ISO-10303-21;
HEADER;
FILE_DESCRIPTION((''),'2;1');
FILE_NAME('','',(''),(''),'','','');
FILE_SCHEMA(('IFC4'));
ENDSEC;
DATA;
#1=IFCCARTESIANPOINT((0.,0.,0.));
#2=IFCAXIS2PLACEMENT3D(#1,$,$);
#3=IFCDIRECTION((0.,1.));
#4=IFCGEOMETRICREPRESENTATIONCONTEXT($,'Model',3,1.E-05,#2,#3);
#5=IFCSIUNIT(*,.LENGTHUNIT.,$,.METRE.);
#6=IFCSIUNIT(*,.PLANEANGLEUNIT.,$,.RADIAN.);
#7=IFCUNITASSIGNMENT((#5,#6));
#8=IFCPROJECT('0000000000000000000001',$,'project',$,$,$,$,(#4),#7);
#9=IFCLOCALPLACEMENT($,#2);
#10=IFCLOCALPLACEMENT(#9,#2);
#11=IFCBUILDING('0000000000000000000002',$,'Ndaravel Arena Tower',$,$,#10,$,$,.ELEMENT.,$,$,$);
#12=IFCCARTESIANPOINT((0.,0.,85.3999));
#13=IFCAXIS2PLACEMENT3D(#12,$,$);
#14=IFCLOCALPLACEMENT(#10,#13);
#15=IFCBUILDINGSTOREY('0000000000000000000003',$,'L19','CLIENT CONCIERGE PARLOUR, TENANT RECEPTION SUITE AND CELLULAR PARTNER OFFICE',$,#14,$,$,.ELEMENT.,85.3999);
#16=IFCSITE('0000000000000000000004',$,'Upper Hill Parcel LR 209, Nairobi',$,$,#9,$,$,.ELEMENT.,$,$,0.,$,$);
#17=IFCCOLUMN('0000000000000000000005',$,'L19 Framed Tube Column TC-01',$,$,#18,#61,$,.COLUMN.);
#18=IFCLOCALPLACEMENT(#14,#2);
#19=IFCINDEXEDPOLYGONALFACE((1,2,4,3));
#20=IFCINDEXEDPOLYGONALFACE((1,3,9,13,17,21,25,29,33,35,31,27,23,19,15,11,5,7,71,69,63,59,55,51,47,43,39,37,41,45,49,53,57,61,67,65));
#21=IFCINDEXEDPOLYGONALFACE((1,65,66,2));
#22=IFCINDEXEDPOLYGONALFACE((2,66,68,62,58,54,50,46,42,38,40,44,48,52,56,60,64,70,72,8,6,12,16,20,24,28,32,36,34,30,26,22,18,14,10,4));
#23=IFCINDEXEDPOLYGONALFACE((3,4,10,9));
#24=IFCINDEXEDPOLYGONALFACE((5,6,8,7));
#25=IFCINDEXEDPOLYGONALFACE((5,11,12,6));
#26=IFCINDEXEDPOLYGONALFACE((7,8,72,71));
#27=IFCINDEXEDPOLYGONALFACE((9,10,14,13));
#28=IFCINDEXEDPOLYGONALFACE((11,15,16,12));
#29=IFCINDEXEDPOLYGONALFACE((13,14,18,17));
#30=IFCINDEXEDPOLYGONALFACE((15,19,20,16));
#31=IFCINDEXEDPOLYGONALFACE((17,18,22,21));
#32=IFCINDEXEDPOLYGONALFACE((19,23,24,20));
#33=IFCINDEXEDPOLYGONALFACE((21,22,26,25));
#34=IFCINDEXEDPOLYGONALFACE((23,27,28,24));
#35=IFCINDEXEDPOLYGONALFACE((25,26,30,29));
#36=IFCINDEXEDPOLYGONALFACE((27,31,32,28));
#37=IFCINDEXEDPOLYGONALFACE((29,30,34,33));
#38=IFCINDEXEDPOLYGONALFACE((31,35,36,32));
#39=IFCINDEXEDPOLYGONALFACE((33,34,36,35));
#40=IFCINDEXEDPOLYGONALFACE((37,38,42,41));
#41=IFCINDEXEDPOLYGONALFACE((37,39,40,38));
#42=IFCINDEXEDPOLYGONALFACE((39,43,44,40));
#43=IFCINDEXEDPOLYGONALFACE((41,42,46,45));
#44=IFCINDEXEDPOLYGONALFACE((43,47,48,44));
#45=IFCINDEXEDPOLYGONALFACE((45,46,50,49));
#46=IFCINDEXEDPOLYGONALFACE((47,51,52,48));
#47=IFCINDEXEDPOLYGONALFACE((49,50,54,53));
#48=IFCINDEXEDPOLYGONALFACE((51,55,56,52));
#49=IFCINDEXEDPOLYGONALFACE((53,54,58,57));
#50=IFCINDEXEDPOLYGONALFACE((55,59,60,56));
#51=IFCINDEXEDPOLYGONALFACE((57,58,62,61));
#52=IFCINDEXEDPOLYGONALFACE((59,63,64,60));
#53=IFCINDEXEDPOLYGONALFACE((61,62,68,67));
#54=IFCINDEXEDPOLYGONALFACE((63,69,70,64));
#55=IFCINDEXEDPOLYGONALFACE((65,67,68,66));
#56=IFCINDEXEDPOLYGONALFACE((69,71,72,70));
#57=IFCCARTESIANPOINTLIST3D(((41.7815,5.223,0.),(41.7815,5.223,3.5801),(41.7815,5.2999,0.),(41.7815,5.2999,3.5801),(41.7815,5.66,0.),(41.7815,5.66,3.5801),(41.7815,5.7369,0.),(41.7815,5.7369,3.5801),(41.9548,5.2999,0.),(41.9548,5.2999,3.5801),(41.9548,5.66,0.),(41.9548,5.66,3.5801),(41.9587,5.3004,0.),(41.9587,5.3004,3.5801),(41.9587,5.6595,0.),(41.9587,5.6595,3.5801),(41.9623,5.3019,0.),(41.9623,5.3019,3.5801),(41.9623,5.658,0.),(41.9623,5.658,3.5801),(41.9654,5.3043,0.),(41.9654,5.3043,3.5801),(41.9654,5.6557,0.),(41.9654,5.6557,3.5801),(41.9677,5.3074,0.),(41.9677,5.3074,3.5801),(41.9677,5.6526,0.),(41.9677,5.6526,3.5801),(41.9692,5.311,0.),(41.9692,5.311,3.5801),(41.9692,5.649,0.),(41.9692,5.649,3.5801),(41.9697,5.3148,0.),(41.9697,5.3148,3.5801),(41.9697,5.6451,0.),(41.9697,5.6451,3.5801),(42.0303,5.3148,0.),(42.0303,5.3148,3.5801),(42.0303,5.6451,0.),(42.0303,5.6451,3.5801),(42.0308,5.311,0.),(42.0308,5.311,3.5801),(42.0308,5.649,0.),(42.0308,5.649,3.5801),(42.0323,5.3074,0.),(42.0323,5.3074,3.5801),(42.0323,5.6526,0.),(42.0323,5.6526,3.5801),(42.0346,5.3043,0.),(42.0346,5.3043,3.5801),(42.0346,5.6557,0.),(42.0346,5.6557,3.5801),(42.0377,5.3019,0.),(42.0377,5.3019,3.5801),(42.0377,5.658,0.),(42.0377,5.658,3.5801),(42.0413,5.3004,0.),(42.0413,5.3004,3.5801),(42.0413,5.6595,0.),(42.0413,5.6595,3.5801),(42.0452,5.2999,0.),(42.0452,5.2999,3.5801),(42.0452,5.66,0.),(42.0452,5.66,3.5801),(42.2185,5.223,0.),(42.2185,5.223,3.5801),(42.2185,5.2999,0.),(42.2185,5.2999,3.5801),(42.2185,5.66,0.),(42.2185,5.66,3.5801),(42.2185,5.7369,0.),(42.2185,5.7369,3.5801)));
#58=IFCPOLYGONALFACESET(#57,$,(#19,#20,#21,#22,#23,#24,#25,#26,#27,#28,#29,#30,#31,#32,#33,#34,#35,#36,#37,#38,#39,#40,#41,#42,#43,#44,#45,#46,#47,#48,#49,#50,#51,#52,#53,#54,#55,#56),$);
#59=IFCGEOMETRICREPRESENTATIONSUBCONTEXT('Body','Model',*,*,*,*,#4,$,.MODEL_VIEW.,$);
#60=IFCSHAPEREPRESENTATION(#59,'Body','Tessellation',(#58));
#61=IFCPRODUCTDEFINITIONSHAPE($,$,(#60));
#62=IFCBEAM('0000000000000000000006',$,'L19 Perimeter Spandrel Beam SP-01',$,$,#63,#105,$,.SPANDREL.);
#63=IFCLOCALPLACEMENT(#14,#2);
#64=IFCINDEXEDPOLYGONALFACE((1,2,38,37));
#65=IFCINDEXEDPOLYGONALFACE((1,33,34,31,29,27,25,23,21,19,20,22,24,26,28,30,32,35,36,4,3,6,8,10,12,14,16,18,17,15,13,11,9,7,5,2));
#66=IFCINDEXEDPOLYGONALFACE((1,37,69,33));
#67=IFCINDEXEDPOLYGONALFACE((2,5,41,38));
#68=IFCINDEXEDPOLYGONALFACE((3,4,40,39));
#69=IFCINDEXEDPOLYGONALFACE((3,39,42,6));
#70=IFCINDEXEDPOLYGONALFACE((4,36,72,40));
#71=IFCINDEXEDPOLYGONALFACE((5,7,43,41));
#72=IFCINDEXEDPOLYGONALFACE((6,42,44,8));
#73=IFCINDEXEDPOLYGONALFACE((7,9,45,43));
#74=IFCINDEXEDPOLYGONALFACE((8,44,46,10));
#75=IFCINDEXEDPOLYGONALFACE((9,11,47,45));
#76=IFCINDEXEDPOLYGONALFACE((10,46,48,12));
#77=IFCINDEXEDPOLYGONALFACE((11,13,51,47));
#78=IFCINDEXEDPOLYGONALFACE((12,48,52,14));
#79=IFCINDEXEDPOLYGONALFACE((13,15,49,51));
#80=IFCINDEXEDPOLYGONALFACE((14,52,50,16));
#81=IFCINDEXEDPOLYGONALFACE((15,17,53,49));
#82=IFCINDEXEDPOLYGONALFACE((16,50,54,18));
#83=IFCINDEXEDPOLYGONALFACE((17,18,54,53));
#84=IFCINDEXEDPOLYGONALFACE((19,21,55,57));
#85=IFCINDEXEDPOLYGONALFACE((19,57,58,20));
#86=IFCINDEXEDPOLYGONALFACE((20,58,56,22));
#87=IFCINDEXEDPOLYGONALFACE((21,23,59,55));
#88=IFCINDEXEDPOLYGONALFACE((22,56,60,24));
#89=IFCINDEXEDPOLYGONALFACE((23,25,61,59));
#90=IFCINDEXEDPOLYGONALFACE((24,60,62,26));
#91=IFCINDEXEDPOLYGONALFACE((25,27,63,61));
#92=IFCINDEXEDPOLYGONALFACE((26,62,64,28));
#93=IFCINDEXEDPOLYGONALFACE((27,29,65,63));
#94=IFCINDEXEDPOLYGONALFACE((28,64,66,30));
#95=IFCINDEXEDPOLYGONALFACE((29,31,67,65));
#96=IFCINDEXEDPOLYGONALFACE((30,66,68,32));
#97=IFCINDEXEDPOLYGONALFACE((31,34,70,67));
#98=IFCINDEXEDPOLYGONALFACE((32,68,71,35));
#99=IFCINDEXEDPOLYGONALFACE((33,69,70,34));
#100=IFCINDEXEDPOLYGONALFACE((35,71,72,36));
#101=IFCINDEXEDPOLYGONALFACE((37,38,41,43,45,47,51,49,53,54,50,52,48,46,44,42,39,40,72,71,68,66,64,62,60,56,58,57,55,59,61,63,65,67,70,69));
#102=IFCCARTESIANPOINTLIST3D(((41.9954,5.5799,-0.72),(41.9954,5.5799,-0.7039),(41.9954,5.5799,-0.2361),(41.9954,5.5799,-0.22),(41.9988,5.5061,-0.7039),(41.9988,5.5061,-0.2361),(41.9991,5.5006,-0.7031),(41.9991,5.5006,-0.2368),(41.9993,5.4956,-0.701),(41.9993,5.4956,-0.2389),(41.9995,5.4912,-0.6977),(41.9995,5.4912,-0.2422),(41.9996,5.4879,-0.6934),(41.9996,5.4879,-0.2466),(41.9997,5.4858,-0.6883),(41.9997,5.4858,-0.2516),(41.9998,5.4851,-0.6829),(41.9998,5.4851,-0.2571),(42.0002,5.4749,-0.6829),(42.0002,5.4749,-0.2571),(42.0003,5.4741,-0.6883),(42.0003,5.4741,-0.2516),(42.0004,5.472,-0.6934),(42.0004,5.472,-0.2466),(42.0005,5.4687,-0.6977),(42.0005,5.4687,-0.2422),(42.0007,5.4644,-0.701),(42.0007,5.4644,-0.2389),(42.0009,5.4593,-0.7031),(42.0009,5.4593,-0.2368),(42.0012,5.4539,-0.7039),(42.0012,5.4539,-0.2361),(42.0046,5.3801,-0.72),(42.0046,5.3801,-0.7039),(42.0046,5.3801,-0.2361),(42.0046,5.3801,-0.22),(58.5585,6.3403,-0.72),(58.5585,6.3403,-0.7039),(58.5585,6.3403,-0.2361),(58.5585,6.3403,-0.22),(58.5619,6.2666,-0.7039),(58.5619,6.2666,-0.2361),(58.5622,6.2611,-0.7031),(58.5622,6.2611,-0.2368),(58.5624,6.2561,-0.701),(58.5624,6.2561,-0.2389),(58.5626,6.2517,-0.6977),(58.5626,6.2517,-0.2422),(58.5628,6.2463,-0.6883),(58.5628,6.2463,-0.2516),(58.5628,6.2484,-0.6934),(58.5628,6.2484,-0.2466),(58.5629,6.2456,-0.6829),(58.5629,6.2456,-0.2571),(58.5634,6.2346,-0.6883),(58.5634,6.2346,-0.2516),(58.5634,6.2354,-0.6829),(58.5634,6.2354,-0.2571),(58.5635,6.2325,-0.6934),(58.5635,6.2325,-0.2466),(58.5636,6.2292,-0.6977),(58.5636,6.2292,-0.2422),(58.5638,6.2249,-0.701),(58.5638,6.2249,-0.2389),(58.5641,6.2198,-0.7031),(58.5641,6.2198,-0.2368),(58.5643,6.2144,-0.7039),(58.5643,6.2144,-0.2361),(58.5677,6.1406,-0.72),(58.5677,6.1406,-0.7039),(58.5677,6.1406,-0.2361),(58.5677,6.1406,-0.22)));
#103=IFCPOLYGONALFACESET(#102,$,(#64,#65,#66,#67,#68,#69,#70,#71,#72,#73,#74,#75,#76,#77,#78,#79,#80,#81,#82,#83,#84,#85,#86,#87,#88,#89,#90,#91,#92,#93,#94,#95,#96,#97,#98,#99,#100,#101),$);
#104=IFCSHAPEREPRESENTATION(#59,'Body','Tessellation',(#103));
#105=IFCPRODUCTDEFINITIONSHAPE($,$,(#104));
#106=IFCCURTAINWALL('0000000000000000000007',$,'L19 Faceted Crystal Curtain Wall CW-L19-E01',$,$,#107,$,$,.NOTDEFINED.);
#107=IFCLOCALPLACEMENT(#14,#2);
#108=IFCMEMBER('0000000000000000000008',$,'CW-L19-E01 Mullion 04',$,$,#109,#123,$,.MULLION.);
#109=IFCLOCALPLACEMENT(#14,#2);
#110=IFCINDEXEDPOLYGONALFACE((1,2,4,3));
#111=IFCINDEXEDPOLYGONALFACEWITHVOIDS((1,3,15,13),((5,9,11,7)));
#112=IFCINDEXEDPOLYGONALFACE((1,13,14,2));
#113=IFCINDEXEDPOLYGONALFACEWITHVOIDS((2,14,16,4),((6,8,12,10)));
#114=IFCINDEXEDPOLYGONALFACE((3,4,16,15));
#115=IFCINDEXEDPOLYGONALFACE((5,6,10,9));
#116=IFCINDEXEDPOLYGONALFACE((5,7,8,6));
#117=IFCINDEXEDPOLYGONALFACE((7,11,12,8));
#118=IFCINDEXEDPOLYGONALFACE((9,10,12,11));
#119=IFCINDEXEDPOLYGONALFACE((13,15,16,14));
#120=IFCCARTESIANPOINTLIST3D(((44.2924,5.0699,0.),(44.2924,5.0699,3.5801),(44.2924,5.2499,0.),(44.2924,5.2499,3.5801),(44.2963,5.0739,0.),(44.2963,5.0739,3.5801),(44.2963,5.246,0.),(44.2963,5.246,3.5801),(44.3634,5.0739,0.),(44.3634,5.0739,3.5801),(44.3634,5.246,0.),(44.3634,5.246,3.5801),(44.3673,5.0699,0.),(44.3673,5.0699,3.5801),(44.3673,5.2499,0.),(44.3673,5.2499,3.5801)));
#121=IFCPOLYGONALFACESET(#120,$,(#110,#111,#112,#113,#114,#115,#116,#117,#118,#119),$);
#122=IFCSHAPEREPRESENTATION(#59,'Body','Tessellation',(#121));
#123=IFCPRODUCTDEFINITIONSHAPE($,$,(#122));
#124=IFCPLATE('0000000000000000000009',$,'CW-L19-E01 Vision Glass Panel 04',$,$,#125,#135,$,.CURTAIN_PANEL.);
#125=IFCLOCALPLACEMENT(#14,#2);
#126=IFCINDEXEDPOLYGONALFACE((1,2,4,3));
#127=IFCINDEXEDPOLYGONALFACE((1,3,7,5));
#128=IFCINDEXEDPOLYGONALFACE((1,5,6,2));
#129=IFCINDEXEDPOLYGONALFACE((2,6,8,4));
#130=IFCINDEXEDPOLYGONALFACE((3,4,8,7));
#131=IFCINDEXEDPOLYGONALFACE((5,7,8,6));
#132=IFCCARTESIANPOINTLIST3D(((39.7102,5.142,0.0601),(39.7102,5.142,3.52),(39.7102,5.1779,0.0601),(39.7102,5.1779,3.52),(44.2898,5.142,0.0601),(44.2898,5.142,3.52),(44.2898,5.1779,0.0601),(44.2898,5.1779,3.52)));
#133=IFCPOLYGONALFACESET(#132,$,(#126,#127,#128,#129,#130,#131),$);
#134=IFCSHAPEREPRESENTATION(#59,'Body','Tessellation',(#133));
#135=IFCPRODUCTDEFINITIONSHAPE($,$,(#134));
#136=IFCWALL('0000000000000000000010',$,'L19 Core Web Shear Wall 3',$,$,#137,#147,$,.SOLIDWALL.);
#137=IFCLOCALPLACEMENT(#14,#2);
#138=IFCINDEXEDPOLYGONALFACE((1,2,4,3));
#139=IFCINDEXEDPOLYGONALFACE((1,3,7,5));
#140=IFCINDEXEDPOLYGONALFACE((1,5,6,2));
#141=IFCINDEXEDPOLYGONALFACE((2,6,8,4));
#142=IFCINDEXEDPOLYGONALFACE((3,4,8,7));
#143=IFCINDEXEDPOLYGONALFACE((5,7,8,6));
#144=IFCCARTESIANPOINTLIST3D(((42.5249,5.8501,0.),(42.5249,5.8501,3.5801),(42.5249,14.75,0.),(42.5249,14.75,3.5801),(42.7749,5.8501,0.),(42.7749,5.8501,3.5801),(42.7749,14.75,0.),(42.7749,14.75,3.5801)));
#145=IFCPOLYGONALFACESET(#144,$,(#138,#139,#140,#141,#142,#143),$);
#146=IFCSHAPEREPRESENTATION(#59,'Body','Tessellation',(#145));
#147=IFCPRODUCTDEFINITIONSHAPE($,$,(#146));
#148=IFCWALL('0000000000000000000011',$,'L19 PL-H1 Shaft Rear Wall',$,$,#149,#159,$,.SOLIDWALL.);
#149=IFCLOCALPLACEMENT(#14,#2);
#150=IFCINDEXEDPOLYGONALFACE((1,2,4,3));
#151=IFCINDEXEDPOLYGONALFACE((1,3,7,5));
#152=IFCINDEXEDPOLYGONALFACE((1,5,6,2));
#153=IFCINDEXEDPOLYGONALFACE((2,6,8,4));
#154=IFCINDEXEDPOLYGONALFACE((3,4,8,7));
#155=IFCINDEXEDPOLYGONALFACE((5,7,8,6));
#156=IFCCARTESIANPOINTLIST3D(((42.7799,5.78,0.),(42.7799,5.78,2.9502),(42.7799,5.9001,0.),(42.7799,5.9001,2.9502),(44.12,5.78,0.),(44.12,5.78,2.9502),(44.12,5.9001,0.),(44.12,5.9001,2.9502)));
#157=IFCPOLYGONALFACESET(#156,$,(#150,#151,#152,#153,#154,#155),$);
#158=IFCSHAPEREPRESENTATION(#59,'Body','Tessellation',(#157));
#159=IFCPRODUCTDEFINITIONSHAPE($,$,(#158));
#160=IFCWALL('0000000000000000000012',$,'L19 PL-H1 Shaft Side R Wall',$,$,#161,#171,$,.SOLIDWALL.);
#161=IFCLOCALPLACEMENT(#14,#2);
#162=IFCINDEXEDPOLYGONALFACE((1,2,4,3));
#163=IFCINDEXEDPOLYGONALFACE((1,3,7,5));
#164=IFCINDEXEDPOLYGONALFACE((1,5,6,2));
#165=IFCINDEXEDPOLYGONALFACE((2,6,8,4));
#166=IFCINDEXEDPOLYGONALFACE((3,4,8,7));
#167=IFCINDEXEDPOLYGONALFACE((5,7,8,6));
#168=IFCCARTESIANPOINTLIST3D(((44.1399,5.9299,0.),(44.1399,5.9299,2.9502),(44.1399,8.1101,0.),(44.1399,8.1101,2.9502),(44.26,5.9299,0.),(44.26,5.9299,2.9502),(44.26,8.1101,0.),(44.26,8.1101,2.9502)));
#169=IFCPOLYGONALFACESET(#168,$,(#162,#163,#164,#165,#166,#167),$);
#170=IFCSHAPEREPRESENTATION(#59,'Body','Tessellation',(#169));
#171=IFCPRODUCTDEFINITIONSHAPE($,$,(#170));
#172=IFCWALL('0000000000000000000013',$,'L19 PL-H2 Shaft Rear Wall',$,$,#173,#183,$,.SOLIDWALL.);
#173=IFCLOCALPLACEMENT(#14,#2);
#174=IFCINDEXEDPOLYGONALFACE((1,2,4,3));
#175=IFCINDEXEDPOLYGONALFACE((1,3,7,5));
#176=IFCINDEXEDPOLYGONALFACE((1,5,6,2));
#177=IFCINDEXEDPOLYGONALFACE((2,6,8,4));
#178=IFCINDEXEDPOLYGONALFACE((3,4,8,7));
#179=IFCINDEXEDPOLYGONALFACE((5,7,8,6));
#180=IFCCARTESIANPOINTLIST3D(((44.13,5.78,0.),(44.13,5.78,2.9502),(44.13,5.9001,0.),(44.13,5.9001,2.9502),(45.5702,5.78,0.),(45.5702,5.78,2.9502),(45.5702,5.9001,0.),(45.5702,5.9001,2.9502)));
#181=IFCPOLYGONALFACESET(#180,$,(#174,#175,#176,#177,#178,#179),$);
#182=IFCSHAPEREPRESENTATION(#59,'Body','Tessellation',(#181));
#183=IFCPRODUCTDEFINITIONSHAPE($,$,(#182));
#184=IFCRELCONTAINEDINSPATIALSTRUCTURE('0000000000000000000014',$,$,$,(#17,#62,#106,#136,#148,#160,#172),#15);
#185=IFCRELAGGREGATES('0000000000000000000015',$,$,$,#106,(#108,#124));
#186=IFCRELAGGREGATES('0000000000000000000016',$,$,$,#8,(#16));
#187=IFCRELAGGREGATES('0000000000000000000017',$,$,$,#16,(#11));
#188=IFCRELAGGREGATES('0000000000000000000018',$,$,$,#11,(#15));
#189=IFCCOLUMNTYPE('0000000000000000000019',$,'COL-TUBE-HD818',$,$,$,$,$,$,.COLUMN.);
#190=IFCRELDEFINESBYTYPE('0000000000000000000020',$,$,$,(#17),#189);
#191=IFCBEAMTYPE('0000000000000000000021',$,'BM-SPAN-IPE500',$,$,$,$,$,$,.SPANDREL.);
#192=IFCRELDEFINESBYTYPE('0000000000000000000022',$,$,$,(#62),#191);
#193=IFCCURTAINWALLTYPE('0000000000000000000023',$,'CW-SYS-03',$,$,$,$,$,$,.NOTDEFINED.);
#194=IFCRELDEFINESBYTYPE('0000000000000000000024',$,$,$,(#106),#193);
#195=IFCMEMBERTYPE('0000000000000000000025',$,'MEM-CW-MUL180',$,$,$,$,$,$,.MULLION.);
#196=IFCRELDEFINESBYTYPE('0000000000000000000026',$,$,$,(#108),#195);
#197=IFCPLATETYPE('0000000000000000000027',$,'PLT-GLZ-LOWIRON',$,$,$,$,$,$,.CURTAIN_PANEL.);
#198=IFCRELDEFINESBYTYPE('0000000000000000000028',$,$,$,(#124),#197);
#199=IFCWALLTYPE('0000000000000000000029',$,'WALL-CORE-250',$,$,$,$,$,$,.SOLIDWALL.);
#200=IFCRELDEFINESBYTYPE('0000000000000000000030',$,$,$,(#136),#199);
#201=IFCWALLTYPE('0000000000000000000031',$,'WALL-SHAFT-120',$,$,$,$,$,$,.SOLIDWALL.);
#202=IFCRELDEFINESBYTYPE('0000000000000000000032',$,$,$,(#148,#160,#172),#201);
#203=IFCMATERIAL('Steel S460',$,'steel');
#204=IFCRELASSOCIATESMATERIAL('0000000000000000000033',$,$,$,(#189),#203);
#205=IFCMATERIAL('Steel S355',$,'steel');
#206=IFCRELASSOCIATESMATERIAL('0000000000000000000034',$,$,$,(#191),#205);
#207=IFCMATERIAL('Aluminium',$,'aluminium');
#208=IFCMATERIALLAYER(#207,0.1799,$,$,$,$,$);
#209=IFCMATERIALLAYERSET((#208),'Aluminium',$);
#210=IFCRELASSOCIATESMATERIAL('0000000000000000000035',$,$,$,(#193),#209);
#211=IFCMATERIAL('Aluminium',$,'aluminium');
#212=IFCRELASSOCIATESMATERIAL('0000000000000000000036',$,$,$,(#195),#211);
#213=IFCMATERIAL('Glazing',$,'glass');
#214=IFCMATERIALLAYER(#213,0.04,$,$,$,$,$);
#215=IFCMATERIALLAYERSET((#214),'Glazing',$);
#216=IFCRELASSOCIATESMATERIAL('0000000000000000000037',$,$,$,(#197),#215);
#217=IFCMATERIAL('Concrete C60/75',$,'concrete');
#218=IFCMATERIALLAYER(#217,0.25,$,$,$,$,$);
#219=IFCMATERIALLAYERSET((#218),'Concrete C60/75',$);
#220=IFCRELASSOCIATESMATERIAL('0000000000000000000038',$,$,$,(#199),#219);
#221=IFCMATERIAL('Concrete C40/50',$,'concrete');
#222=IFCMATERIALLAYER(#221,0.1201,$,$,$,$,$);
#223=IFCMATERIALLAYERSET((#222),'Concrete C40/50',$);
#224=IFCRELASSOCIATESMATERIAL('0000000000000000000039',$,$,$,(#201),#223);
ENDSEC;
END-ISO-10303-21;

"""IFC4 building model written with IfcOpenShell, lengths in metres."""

from ifc_helpers import new_model, si_unit, direction, frame, frame_2d, origin, origin_2d, place, context, subcontext, project, spatial, rectangle, hollow_rectangle, i_section, extrude, material, layer, layer_set, material_profile, profile_set, type_object, element, aggregate, save


model = new_model("IFC4")

# Units and contexts
model_context = context("Model", 3, precision=1e-05, world=origin(), true_north=direction((0.0, 1.0)))
body_context = subcontext(model_context, "Body", "Model", "MODEL_VIEW")
ifc_project = project(units=[si_unit("LENGTHUNIT", "METRE"), si_unit("PLANEANGLEUNIT", "RADIAN")], contexts=[model_context])

# Site, building, storey
site_placement = place(None, origin())
site = spatial("IfcSite", under=ifc_project, at=site_placement, Name="Upper Hill Parcel LR 209, Nairobi", CompositionType="ELEMENT", RefElevation=0.0)
building_placement = place(site_placement, origin())
building = spatial("IfcBuilding", under=site, at=building_placement, Name="Ndaravel Arena Tower", CompositionType="ELEMENT")
storey_placement = place(building_placement, frame((0.0, 0.0, 85.3999)))
storey = spatial("IfcBuildingStorey", under=building, at=storey_placement, Name="L19", Description="CLIENT CONCIERGE PARLOUR, TENANT RECEPTION SUITE AND CELLULAR PARTNER OFFICE", CompositionType="ELEMENT", Elevation=85.3999)

# Column
ifc_material_1 = material(Name="Steel S460", Category="steel")
ifc_material_profile_1 = material_profile(ifc_material_1, i_section(OverallWidth=0.437, OverallDepth=0.5139, WebThickness=0.0605, FlangeThickness=0.0769, FilletRadius=0.0149, at=origin_2d()), Name="HD 400x818")
ifc_profile_set_1 = profile_set([ifc_material_profile_1], Name="Steel S460")
column_type = type_object("IfcColumnType", Name="COL-TUBE-HD818", PredefinedType="COLUMN", material=ifc_profile_set_1)
column_placement = place(storey_placement, frame((42.0, 5.48, 0.0), z_axis=(0.0, 0.0, 1.0), x_axis=(1.0, 0.0, 0.0)))
element("IfcColumn", 1, at=column_placement, inside=storey, type_object=column_type, Name="L19 Framed Tube Column TC-01", PredefinedType="COLUMN", context=body_context, shape_type="SweptSolid", body=[
    extrude(i_section(OverallWidth=0.437, OverallDepth=0.5139, WebThickness=0.0605, FlangeThickness=0.0769, FilletRadius=0.0149, at=origin_2d()), origin(), (0.0, 0.0, 1.0), 3.5801),
])

# Beam
ifc_material_2 = material(Name="Steel S355", Category="steel")
ifc_material_profile_2 = material_profile(ifc_material_2, i_section(OverallWidth=0.2, OverallDepth=0.5, WebThickness=0.0103, FlangeThickness=0.0161, FilletRadius=0.021, at=origin_2d()), Name="IPE 500")
ifc_profile_set_2 = profile_set([ifc_material_profile_2], Name="Steel S355")
beam_type = type_object("IfcBeamType", Name="BM-SPAN-IPE500", PredefinedType="SPANDREL", material=ifc_profile_set_2)
beam_placement = place(storey_placement, frame((42.0, 5.48, -0.47), z_axis=(0.998948, 0.045867, 0.0), x_axis=(-0.045867, 0.998948, 0.0)))
element("IfcBeam", 2, at=beam_placement, inside=storey, type_object=beam_type, Name="L19 Perimeter Spandrel Beam SP-01", PredefinedType="SPANDREL", context=body_context, shape_type="SweptSolid", body=[
    extrude(i_section(OverallWidth=0.2, OverallDepth=0.5, WebThickness=0.0103, FlangeThickness=0.0161, FilletRadius=0.021, at=origin_2d()), origin(), (0.0, 0.0, 1.0), 16.5806),
])

# Curtain wall, member, plate
ifc_material_3 = material(Name="Aluminium", Category="aluminium")
ifc_layer_1 = layer(ifc_material_3, 0.1799)
ifc_layer_set_1 = layer_set([ifc_layer_1], Name="Aluminium")
curtain_wall_type = type_object("IfcCurtainWallType", Name="CW-SYS-03", PredefinedType="NOTDEFINED", material=ifc_layer_set_1)
curtain_wall_placement = place(storey_placement, origin())
curtain_wall = element("IfcCurtainWall", 3, at=curtain_wall_placement, inside=storey, type_object=curtain_wall_type, Name="L19 Faceted Crystal Curtain Wall CW-L19-E01", PredefinedType="NOTDEFINED")
ifc_material_4 = material(Name="Aluminium", Category="aluminium")
ifc_material_profile_3 = material_profile(ifc_material_4, hollow_rectangle(XDim=0.075, YDim=0.1799, WallThickness=0.0039, at=origin_2d()), Name="CW MULLION 75x180x4")
ifc_profile_set_3 = profile_set([ifc_material_profile_3], Name="Aluminium")
member_type = type_object("IfcMemberType", Name="MEM-CW-MUL180", PredefinedType="MULLION", material=ifc_profile_set_3)
member_placement = place(storey_placement, frame((44.3298, 5.1599, 0.0), z_axis=(0.0, 0.0, 1.0), x_axis=(1.0, 0.0, 0.0)))
member = element("IfcMember", 4, at=member_placement, type_object=member_type, Name="CW-L19-E01 Mullion 04", PredefinedType="MULLION", context=body_context, shape_type="SweptSolid", body=[
    extrude(hollow_rectangle(XDim=0.075, YDim=0.1799, WallThickness=0.0039, at=origin_2d()), origin(), (0.0, 0.0, 1.0), 3.5801),
])
ifc_material_5 = material(Name="Glazing", Category="glass")
ifc_layer_2 = layer(ifc_material_5, 0.04)
ifc_layer_set_2 = layer_set([ifc_layer_2], Name="Glazing")
plate_type = type_object("IfcPlateType", Name="PLT-GLZ-LOWIRON", PredefinedType="CURTAIN_PANEL", material=ifc_layer_set_2)
plate_placement = place(storey_placement, frame((42.0, 5.1599, 0.0601), z_axis=(0.0, 0.0, 1.0), x_axis=(1.0, 0.0, 0.0)))
plate = element("IfcPlate", 5, at=plate_placement, type_object=plate_type, Name="CW-L19-E01 Vision Glass Panel 04", PredefinedType="CURTAIN_PANEL", context=body_context, shape_type="SweptSolid", body=[
    extrude(rectangle(XDim=4.5796, YDim=0.0359, at=origin_2d()), origin(), (0.0, 0.0, 1.0), 3.46),
])
aggregate(curtain_wall, [member, plate])

# Walls
ifc_material_6 = material(Name="Concrete C60/75", Category="concrete")
ifc_layer_3 = layer(ifc_material_6, 0.25)
ifc_layer_set_3 = layer_set([ifc_layer_3], Name="Concrete C60/75")
wall_type_1 = type_object("IfcWallType", Name="WALL-CORE-250", PredefinedType="SOLIDWALL", material=ifc_layer_set_3)
wall_1_placement = place(storey_placement, frame((42.6499, 5.8501, 0.0), z_axis=(0.0, 0.0, 1.0), x_axis=(0.0, 1.0, 0.0)))
element("IfcWall", 6, at=wall_1_placement, inside=storey, type_object=wall_type_1, Name="L19 Core Web Shear Wall 3", PredefinedType="SOLIDWALL", context=body_context, shape_type="SweptSolid", body=[
    extrude(rectangle(XDim=8.8999, YDim=0.25, at=frame_2d((4.45, 0.0))), origin(), (0.0, 0.0, 1.0), 3.5801),
])
ifc_material_7 = material(Name="Concrete C40/50", Category="concrete")
ifc_layer_4 = layer(ifc_material_7, 0.1201)
ifc_layer_set_4 = layer_set([ifc_layer_4], Name="Concrete C40/50")
wall_type_2 = type_object("IfcWallType", Name="WALL-SHAFT-120", PredefinedType="SOLIDWALL", material=ifc_layer_set_4)
wall_2_placement = place(storey_placement, frame((42.78, 5.8401, 0.0), z_axis=(0.0, 0.0, 1.0), x_axis=(1.0, 0.0, 0.0)))
element("IfcWall", 7, at=wall_2_placement, inside=storey, type_object=wall_type_2, Name="L19 PL-H1 Shaft Rear Wall", PredefinedType="SOLIDWALL", context=body_context, shape_type="SweptSolid", body=[
    extrude(rectangle(XDim=1.3401, YDim=0.1201, at=frame_2d((0.6699, 0.0))), origin(), (0.0, 0.0, 1.0), 2.9502),
])
wall_3_placement = place(storey_placement, frame((44.2, 5.9299, 0.0), z_axis=(0.0, 0.0, 1.0), x_axis=(0.0, 1.0, 0.0)))
element("IfcWall", 8, at=wall_3_placement, inside=storey, type_object=wall_type_2, Name="L19 PL-H1 Shaft Side R Wall", PredefinedType="SOLIDWALL", context=body_context, shape_type="SweptSolid", body=[
    extrude(rectangle(XDim=2.1802, YDim=0.1201, at=frame_2d((1.0901, 0.0))), origin(), (0.0, 0.0, 1.0), 2.9502),
])
wall_4_placement = place(storey_placement, frame((44.1299, 5.8401, 0.0), z_axis=(0.0, 0.0, 1.0), x_axis=(1.0, 0.0, 0.0)))
element("IfcWall", 9, at=wall_4_placement, inside=storey, type_object=wall_type_2, Name="L19 PL-H2 Shaft Rear Wall", PredefinedType="SOLIDWALL", context=body_context, shape_type="SweptSolid", body=[
    extrude(rectangle(XDim=1.4402, YDim=0.1201, at=frame_2d((0.7202, 0.0))), origin(), (0.0, 0.0, 1.0), 2.9502),
])

save(model, "model.ifc")
